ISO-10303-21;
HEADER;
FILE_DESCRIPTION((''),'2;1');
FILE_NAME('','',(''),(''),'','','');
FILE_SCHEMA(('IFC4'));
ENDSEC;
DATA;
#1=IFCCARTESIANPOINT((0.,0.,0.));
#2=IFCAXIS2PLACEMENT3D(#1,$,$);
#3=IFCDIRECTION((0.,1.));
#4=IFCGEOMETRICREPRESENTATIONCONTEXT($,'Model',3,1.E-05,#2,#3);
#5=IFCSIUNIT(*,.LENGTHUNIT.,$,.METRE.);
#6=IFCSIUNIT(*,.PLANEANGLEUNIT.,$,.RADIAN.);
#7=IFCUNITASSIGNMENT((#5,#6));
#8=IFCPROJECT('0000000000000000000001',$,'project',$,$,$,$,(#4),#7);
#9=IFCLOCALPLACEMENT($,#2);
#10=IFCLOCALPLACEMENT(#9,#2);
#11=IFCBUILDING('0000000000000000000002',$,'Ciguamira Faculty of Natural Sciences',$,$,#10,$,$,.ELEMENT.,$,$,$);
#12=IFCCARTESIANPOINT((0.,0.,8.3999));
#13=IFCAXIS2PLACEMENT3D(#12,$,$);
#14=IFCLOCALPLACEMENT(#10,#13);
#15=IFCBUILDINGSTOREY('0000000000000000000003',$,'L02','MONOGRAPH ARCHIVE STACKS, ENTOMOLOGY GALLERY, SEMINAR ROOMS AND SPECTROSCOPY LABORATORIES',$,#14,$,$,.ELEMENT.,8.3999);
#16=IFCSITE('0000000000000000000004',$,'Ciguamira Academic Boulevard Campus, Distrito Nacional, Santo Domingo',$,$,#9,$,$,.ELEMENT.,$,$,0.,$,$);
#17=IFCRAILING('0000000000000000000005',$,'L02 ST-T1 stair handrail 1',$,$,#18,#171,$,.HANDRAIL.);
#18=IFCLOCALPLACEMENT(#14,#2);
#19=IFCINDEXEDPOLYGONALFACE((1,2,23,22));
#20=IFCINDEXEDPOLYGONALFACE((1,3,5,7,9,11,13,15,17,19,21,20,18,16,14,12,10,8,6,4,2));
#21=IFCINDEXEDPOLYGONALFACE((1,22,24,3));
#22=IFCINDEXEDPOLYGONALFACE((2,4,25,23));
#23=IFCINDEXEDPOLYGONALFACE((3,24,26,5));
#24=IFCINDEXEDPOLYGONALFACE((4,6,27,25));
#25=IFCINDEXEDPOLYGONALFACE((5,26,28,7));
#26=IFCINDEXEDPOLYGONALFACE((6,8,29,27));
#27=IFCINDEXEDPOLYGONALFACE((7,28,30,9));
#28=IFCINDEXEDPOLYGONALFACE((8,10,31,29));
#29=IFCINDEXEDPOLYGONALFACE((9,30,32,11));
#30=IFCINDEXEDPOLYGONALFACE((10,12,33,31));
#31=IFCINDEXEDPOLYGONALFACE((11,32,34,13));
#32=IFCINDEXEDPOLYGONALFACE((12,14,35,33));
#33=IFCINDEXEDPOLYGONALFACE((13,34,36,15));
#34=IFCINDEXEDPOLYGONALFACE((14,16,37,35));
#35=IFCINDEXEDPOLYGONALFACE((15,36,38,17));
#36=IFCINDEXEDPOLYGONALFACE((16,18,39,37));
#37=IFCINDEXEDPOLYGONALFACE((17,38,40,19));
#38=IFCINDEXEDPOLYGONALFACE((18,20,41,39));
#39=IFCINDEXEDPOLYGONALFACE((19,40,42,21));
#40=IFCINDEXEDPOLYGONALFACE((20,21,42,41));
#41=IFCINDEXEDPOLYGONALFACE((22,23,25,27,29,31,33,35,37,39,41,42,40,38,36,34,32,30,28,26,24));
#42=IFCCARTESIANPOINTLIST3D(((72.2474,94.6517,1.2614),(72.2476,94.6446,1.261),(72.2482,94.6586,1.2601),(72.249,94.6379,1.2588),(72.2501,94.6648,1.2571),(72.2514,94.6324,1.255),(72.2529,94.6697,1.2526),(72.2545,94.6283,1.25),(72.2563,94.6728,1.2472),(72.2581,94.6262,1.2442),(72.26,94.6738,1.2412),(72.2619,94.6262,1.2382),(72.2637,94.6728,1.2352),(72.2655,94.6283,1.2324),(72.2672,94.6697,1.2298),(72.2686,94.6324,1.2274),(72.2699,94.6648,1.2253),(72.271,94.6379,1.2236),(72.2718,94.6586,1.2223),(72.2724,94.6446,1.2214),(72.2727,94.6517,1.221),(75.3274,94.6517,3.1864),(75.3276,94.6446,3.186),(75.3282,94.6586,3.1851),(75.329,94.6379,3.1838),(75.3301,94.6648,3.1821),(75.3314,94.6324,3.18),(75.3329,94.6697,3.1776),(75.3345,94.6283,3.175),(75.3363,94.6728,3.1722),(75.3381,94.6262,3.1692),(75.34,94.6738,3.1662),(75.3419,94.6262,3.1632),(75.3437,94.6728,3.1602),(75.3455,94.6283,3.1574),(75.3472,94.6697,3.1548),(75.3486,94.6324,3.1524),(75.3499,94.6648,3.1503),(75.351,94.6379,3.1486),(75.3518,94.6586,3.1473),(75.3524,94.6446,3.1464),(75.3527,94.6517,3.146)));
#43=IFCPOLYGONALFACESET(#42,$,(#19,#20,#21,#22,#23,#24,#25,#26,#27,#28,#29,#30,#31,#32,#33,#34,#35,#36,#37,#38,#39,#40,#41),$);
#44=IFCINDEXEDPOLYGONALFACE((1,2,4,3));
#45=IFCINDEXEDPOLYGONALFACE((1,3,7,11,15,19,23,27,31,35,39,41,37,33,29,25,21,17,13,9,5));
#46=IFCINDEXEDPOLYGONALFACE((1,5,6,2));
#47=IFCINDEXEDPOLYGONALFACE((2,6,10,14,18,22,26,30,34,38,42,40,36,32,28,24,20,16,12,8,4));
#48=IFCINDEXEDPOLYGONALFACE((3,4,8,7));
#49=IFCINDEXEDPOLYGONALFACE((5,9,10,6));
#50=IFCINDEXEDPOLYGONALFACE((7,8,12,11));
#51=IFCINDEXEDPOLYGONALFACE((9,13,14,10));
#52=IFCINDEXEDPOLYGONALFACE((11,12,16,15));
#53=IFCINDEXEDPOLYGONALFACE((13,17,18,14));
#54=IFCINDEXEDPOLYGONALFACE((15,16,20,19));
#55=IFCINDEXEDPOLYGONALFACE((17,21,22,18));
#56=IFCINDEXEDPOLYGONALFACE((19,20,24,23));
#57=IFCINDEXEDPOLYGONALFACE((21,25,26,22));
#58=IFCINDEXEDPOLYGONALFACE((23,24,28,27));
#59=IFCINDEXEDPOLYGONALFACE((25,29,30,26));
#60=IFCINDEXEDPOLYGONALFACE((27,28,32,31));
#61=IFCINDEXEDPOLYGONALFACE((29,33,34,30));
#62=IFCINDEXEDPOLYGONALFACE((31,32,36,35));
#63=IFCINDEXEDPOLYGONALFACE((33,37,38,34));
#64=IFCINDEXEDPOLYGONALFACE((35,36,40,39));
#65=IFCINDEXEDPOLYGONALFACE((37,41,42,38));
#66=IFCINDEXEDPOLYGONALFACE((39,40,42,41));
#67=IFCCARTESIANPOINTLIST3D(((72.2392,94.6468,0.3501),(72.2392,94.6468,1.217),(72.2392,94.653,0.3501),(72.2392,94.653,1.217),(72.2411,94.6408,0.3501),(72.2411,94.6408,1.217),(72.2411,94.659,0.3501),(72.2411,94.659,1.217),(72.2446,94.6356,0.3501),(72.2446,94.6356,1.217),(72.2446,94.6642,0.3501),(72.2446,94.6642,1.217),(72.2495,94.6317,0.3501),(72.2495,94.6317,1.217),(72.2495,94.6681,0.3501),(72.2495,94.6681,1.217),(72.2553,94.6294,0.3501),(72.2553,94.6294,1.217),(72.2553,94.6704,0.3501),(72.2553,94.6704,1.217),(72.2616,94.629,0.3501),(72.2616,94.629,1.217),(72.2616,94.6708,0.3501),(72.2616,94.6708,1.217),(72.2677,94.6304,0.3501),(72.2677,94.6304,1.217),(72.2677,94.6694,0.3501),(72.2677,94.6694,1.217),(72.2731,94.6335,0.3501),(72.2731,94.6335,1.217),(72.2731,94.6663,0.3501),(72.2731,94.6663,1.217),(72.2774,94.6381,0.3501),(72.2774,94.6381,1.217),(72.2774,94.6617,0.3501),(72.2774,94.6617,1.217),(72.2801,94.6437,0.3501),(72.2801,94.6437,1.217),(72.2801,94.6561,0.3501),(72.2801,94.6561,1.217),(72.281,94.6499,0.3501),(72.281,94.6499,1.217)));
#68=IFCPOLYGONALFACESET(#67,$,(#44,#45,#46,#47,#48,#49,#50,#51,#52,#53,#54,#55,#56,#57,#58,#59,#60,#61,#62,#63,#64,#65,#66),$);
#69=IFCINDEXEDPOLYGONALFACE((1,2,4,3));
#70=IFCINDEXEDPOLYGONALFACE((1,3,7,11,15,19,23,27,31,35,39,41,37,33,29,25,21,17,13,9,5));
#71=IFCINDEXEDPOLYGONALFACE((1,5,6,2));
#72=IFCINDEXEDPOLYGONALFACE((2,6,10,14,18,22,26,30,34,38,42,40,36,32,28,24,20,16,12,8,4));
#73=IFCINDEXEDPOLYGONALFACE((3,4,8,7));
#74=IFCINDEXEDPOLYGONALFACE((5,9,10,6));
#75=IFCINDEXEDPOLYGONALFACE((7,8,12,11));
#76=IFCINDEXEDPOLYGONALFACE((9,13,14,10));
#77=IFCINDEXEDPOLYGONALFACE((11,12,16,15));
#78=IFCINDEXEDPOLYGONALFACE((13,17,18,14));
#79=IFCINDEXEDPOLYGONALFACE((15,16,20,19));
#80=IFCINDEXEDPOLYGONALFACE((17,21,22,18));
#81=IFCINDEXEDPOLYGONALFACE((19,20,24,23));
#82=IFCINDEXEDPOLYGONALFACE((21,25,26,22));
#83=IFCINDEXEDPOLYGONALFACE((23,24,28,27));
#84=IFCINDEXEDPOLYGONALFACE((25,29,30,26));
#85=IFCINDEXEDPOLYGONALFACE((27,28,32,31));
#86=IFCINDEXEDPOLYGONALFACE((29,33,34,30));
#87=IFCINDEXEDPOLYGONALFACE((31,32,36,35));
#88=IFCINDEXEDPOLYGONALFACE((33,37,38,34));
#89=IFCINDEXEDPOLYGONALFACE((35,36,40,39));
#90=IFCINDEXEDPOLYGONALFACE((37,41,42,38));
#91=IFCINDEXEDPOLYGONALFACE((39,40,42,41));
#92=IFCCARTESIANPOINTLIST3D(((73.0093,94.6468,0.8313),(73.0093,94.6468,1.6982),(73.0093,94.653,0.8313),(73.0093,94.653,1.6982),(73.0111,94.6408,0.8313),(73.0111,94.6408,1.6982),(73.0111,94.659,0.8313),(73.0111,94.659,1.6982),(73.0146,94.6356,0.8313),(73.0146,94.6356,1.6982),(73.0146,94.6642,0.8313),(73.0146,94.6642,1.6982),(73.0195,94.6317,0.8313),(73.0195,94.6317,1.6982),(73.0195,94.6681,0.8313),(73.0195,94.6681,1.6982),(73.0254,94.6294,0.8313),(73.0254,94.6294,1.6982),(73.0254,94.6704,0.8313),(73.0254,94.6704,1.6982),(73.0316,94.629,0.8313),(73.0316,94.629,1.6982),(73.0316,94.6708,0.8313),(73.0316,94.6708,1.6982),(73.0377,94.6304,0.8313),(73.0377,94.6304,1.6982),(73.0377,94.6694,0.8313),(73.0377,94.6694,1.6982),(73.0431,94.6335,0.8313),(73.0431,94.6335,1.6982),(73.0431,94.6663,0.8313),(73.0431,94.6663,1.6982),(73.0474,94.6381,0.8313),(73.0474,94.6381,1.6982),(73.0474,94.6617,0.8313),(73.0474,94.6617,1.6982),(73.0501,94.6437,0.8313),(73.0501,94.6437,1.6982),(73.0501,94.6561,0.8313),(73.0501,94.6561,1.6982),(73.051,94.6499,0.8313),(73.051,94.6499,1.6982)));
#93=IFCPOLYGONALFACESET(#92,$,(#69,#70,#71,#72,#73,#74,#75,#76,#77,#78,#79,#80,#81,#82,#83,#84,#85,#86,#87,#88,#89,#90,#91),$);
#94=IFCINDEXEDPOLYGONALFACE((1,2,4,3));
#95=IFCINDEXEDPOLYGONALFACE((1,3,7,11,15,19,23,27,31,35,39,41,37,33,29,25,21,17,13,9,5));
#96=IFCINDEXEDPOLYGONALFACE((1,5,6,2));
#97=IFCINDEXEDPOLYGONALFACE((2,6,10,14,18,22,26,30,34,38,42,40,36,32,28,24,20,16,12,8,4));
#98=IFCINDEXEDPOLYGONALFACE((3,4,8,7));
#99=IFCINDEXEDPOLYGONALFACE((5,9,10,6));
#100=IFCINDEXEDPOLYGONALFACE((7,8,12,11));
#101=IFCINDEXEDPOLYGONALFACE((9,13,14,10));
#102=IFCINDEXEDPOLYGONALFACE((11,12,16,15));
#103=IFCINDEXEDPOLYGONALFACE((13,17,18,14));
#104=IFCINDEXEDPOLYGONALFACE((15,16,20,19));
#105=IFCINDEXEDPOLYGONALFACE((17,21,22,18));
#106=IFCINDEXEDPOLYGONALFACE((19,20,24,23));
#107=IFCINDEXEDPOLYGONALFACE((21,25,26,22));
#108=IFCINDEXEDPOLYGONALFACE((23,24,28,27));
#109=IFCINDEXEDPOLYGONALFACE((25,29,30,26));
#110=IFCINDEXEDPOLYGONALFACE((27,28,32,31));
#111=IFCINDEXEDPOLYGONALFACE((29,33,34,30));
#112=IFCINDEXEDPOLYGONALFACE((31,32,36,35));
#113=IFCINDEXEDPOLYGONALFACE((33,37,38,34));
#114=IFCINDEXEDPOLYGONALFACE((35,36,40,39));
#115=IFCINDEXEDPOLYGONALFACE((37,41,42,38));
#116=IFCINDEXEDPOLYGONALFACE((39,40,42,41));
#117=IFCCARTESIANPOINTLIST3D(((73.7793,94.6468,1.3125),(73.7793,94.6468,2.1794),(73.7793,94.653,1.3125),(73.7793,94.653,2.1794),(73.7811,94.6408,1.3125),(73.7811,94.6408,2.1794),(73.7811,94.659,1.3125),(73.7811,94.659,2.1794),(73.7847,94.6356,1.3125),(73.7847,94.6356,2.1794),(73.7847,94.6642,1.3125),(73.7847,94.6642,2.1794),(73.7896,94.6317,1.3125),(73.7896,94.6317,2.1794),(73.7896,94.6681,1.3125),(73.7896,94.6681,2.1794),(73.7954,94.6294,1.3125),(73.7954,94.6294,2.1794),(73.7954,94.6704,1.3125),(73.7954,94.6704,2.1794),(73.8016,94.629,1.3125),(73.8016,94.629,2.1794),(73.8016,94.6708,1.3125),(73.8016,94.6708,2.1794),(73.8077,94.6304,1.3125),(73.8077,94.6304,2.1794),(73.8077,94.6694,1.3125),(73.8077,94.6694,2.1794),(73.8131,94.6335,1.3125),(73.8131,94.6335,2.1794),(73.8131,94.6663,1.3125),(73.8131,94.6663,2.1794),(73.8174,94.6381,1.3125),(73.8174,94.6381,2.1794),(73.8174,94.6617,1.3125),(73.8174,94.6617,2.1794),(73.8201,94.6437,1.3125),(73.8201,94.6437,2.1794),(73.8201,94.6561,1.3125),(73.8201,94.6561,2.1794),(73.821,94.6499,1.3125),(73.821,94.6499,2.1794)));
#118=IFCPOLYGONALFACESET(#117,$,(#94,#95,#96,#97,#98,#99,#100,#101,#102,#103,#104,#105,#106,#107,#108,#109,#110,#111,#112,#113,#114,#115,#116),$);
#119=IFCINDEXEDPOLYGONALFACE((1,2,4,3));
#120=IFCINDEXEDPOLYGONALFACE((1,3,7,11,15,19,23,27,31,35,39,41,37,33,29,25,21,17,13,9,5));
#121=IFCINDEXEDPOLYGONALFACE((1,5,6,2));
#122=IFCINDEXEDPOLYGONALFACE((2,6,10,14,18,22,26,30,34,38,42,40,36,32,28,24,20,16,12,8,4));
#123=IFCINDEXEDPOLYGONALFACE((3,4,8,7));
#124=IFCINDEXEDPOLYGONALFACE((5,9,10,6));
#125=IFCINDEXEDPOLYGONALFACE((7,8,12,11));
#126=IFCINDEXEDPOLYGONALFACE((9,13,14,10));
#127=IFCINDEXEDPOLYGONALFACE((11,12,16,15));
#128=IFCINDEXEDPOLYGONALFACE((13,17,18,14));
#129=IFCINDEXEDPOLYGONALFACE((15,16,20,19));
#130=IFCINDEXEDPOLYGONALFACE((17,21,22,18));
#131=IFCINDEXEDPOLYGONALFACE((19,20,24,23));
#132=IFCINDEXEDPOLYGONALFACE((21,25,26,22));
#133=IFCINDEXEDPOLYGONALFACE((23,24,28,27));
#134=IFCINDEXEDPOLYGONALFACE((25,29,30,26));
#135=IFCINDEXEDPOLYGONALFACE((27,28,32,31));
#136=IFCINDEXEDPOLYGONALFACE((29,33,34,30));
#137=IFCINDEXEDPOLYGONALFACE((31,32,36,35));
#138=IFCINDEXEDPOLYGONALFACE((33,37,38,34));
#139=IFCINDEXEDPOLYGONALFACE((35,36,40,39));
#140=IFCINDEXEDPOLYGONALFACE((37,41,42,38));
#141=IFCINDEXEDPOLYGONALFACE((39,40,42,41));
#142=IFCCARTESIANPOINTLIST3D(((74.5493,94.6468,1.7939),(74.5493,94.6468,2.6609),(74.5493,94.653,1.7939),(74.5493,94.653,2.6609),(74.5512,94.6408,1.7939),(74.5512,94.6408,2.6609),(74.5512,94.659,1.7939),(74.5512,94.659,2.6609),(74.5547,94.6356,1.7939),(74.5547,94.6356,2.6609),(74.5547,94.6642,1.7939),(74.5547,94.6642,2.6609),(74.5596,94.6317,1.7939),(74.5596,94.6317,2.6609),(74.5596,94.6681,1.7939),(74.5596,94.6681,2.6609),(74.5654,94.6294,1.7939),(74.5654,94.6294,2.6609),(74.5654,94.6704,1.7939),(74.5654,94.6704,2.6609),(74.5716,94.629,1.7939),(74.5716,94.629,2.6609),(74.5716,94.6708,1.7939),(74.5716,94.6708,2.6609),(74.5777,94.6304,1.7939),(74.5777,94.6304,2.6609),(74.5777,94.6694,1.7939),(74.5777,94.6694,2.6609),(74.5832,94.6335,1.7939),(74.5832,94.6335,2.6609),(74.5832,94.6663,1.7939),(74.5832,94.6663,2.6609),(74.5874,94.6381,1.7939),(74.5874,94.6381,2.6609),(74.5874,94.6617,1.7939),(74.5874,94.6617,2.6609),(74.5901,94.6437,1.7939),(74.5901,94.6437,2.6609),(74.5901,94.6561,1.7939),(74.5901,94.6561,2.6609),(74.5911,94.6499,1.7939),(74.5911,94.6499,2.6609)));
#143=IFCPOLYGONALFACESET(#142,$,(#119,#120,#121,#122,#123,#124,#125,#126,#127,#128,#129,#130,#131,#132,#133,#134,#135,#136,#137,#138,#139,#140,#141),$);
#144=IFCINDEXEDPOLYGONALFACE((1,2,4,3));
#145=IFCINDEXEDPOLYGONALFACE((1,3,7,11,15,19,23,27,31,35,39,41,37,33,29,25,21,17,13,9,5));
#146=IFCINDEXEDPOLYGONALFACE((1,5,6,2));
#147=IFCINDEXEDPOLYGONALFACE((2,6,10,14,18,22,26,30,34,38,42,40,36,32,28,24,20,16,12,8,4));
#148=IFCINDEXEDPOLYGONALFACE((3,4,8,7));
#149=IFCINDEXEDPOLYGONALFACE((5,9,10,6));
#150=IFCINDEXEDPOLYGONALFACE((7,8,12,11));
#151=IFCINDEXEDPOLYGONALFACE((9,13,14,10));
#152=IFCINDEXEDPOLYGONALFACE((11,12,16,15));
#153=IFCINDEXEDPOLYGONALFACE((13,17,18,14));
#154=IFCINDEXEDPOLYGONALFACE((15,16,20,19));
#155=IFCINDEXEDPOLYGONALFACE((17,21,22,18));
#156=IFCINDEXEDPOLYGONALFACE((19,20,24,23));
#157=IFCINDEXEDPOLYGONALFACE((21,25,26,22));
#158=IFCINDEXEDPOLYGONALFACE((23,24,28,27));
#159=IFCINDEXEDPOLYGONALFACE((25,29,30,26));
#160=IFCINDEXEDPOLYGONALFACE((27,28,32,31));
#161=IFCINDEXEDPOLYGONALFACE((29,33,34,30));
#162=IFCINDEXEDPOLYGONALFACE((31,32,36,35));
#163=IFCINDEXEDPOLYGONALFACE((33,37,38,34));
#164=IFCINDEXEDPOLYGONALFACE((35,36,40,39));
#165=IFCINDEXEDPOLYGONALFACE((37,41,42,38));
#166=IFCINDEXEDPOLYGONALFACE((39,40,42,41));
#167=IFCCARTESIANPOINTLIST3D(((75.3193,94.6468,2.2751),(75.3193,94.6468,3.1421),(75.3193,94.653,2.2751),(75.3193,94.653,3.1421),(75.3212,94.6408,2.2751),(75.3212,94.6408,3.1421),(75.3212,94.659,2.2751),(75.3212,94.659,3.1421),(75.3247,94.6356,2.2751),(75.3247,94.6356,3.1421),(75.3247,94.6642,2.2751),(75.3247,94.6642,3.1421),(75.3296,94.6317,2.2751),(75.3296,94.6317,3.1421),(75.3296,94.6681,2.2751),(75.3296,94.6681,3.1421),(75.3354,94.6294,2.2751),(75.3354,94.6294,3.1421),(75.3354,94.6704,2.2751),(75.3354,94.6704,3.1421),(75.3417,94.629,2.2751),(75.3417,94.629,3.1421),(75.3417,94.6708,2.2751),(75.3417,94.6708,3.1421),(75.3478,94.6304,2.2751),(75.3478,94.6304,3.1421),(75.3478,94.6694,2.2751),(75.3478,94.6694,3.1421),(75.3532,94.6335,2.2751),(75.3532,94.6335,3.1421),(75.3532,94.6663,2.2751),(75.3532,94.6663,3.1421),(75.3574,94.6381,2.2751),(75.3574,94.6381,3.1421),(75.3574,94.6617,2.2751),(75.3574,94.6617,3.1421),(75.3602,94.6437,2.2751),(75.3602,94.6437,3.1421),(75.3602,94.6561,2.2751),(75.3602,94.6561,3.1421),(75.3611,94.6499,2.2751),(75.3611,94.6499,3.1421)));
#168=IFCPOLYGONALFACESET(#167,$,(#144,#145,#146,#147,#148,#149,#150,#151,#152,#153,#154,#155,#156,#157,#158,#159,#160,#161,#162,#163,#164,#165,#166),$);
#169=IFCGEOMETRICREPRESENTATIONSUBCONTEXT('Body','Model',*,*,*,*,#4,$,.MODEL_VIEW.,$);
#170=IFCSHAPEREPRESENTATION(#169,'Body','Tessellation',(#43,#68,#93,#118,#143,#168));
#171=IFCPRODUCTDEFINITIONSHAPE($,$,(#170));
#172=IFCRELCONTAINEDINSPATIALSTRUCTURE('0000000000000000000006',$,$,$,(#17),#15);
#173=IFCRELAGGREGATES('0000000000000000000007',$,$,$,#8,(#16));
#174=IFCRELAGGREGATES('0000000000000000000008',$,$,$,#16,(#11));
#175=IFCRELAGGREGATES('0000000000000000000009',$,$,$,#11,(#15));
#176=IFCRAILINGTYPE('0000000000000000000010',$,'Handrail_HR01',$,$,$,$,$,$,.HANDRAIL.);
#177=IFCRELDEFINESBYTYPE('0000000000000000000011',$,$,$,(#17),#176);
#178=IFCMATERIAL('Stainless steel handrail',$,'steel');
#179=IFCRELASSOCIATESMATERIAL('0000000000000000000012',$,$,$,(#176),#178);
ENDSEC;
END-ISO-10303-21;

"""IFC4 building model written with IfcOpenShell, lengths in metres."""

from ifc_helpers import new_model, si_unit, direction, frame, origin, origin_2d, place, context, subcontext, project, spatial, circle, extrude, material, type_object, element, save


model = new_model("IFC4")

# Units and contexts
model_context = context("Model", 3, precision=1e-05, world=origin(), true_north=direction((0.0, 1.0)))
body_context = subcontext(model_context, "Body", "Model", "MODEL_VIEW")
ifc_project = project(units=[si_unit("LENGTHUNIT", "METRE"), si_unit("PLANEANGLEUNIT", "RADIAN")], contexts=[model_context])

# Site, building, storey
site_placement = place(None, origin())
site = spatial("IfcSite", under=ifc_project, at=site_placement, Name="Ciguamira Academic Boulevard Campus, Distrito Nacional, Santo Domingo", CompositionType="ELEMENT", RefElevation=0.0)
building_placement = place(site_placement, origin())
building = spatial("IfcBuilding", under=site, at=building_placement, Name="Ciguamira Faculty of Natural Sciences", CompositionType="ELEMENT")
storey_placement = place(building_placement, frame((0.0, 0.0, 8.3999)))
storey = spatial("IfcBuildingStorey", under=building, at=storey_placement, Name="L02", Description="MONOGRAPH ARCHIVE STACKS, ENTOMOLOGY GALLERY, SEMINAR ROOMS AND SPECTROSCOPY LABORATORIES", CompositionType="ELEMENT", Elevation=8.3999)

# Railing
ifc_material_1 = material(Name="Stainless steel handrail", Category="steel")
railing_type_1 = type_object("IfcRailingType", Name="Handrail_HR01", PredefinedType="HANDRAIL", material=ifc_material_1)
railing_1_placement = place(storey_placement, frame((72.26, 94.6499, 0.3501)))
element("IfcRailing", 1, at=railing_1_placement, inside=storey, type_object=railing_type_1, Name="L02 ST-T1 stair handrail 1", PredefinedType="HANDRAIL", context=body_context, shape_type="SweptSolid", body=[
    extrude(circle(Radius=0.0239, at=origin_2d()), frame((0.0, 0.0, 0.8911), z_axis=(0.847998, 0.0, 0.529999), x_axis=(0.0, 1.0, 0.0)), (0.0, 0.0, 1.0), 3.6321),
    extrude(circle(Radius=0.021, at=origin_2d()), origin(), (0.0, 0.0, 1.0), 0.8669),
    extrude(circle(Radius=0.021, at=origin_2d()), frame((0.77, 0.0, 0.4812)), (0.0, 0.0, 1.0), 0.8669),
    extrude(circle(Radius=0.021, at=origin_2d()), frame((1.54, 0.0, 0.9624)), (0.0, 0.0, 1.0), 0.8669),
    extrude(circle(Radius=0.021, at=origin_2d()), frame((2.3101, 0.0, 1.4438)), (0.0, 0.0, 1.0), 0.8669),
    extrude(circle(Radius=0.021, at=origin_2d()), frame((3.0801, 0.0, 1.925)), (0.0, 0.0, 1.0), 0.8669),
])

save(model, "model.ifc")
